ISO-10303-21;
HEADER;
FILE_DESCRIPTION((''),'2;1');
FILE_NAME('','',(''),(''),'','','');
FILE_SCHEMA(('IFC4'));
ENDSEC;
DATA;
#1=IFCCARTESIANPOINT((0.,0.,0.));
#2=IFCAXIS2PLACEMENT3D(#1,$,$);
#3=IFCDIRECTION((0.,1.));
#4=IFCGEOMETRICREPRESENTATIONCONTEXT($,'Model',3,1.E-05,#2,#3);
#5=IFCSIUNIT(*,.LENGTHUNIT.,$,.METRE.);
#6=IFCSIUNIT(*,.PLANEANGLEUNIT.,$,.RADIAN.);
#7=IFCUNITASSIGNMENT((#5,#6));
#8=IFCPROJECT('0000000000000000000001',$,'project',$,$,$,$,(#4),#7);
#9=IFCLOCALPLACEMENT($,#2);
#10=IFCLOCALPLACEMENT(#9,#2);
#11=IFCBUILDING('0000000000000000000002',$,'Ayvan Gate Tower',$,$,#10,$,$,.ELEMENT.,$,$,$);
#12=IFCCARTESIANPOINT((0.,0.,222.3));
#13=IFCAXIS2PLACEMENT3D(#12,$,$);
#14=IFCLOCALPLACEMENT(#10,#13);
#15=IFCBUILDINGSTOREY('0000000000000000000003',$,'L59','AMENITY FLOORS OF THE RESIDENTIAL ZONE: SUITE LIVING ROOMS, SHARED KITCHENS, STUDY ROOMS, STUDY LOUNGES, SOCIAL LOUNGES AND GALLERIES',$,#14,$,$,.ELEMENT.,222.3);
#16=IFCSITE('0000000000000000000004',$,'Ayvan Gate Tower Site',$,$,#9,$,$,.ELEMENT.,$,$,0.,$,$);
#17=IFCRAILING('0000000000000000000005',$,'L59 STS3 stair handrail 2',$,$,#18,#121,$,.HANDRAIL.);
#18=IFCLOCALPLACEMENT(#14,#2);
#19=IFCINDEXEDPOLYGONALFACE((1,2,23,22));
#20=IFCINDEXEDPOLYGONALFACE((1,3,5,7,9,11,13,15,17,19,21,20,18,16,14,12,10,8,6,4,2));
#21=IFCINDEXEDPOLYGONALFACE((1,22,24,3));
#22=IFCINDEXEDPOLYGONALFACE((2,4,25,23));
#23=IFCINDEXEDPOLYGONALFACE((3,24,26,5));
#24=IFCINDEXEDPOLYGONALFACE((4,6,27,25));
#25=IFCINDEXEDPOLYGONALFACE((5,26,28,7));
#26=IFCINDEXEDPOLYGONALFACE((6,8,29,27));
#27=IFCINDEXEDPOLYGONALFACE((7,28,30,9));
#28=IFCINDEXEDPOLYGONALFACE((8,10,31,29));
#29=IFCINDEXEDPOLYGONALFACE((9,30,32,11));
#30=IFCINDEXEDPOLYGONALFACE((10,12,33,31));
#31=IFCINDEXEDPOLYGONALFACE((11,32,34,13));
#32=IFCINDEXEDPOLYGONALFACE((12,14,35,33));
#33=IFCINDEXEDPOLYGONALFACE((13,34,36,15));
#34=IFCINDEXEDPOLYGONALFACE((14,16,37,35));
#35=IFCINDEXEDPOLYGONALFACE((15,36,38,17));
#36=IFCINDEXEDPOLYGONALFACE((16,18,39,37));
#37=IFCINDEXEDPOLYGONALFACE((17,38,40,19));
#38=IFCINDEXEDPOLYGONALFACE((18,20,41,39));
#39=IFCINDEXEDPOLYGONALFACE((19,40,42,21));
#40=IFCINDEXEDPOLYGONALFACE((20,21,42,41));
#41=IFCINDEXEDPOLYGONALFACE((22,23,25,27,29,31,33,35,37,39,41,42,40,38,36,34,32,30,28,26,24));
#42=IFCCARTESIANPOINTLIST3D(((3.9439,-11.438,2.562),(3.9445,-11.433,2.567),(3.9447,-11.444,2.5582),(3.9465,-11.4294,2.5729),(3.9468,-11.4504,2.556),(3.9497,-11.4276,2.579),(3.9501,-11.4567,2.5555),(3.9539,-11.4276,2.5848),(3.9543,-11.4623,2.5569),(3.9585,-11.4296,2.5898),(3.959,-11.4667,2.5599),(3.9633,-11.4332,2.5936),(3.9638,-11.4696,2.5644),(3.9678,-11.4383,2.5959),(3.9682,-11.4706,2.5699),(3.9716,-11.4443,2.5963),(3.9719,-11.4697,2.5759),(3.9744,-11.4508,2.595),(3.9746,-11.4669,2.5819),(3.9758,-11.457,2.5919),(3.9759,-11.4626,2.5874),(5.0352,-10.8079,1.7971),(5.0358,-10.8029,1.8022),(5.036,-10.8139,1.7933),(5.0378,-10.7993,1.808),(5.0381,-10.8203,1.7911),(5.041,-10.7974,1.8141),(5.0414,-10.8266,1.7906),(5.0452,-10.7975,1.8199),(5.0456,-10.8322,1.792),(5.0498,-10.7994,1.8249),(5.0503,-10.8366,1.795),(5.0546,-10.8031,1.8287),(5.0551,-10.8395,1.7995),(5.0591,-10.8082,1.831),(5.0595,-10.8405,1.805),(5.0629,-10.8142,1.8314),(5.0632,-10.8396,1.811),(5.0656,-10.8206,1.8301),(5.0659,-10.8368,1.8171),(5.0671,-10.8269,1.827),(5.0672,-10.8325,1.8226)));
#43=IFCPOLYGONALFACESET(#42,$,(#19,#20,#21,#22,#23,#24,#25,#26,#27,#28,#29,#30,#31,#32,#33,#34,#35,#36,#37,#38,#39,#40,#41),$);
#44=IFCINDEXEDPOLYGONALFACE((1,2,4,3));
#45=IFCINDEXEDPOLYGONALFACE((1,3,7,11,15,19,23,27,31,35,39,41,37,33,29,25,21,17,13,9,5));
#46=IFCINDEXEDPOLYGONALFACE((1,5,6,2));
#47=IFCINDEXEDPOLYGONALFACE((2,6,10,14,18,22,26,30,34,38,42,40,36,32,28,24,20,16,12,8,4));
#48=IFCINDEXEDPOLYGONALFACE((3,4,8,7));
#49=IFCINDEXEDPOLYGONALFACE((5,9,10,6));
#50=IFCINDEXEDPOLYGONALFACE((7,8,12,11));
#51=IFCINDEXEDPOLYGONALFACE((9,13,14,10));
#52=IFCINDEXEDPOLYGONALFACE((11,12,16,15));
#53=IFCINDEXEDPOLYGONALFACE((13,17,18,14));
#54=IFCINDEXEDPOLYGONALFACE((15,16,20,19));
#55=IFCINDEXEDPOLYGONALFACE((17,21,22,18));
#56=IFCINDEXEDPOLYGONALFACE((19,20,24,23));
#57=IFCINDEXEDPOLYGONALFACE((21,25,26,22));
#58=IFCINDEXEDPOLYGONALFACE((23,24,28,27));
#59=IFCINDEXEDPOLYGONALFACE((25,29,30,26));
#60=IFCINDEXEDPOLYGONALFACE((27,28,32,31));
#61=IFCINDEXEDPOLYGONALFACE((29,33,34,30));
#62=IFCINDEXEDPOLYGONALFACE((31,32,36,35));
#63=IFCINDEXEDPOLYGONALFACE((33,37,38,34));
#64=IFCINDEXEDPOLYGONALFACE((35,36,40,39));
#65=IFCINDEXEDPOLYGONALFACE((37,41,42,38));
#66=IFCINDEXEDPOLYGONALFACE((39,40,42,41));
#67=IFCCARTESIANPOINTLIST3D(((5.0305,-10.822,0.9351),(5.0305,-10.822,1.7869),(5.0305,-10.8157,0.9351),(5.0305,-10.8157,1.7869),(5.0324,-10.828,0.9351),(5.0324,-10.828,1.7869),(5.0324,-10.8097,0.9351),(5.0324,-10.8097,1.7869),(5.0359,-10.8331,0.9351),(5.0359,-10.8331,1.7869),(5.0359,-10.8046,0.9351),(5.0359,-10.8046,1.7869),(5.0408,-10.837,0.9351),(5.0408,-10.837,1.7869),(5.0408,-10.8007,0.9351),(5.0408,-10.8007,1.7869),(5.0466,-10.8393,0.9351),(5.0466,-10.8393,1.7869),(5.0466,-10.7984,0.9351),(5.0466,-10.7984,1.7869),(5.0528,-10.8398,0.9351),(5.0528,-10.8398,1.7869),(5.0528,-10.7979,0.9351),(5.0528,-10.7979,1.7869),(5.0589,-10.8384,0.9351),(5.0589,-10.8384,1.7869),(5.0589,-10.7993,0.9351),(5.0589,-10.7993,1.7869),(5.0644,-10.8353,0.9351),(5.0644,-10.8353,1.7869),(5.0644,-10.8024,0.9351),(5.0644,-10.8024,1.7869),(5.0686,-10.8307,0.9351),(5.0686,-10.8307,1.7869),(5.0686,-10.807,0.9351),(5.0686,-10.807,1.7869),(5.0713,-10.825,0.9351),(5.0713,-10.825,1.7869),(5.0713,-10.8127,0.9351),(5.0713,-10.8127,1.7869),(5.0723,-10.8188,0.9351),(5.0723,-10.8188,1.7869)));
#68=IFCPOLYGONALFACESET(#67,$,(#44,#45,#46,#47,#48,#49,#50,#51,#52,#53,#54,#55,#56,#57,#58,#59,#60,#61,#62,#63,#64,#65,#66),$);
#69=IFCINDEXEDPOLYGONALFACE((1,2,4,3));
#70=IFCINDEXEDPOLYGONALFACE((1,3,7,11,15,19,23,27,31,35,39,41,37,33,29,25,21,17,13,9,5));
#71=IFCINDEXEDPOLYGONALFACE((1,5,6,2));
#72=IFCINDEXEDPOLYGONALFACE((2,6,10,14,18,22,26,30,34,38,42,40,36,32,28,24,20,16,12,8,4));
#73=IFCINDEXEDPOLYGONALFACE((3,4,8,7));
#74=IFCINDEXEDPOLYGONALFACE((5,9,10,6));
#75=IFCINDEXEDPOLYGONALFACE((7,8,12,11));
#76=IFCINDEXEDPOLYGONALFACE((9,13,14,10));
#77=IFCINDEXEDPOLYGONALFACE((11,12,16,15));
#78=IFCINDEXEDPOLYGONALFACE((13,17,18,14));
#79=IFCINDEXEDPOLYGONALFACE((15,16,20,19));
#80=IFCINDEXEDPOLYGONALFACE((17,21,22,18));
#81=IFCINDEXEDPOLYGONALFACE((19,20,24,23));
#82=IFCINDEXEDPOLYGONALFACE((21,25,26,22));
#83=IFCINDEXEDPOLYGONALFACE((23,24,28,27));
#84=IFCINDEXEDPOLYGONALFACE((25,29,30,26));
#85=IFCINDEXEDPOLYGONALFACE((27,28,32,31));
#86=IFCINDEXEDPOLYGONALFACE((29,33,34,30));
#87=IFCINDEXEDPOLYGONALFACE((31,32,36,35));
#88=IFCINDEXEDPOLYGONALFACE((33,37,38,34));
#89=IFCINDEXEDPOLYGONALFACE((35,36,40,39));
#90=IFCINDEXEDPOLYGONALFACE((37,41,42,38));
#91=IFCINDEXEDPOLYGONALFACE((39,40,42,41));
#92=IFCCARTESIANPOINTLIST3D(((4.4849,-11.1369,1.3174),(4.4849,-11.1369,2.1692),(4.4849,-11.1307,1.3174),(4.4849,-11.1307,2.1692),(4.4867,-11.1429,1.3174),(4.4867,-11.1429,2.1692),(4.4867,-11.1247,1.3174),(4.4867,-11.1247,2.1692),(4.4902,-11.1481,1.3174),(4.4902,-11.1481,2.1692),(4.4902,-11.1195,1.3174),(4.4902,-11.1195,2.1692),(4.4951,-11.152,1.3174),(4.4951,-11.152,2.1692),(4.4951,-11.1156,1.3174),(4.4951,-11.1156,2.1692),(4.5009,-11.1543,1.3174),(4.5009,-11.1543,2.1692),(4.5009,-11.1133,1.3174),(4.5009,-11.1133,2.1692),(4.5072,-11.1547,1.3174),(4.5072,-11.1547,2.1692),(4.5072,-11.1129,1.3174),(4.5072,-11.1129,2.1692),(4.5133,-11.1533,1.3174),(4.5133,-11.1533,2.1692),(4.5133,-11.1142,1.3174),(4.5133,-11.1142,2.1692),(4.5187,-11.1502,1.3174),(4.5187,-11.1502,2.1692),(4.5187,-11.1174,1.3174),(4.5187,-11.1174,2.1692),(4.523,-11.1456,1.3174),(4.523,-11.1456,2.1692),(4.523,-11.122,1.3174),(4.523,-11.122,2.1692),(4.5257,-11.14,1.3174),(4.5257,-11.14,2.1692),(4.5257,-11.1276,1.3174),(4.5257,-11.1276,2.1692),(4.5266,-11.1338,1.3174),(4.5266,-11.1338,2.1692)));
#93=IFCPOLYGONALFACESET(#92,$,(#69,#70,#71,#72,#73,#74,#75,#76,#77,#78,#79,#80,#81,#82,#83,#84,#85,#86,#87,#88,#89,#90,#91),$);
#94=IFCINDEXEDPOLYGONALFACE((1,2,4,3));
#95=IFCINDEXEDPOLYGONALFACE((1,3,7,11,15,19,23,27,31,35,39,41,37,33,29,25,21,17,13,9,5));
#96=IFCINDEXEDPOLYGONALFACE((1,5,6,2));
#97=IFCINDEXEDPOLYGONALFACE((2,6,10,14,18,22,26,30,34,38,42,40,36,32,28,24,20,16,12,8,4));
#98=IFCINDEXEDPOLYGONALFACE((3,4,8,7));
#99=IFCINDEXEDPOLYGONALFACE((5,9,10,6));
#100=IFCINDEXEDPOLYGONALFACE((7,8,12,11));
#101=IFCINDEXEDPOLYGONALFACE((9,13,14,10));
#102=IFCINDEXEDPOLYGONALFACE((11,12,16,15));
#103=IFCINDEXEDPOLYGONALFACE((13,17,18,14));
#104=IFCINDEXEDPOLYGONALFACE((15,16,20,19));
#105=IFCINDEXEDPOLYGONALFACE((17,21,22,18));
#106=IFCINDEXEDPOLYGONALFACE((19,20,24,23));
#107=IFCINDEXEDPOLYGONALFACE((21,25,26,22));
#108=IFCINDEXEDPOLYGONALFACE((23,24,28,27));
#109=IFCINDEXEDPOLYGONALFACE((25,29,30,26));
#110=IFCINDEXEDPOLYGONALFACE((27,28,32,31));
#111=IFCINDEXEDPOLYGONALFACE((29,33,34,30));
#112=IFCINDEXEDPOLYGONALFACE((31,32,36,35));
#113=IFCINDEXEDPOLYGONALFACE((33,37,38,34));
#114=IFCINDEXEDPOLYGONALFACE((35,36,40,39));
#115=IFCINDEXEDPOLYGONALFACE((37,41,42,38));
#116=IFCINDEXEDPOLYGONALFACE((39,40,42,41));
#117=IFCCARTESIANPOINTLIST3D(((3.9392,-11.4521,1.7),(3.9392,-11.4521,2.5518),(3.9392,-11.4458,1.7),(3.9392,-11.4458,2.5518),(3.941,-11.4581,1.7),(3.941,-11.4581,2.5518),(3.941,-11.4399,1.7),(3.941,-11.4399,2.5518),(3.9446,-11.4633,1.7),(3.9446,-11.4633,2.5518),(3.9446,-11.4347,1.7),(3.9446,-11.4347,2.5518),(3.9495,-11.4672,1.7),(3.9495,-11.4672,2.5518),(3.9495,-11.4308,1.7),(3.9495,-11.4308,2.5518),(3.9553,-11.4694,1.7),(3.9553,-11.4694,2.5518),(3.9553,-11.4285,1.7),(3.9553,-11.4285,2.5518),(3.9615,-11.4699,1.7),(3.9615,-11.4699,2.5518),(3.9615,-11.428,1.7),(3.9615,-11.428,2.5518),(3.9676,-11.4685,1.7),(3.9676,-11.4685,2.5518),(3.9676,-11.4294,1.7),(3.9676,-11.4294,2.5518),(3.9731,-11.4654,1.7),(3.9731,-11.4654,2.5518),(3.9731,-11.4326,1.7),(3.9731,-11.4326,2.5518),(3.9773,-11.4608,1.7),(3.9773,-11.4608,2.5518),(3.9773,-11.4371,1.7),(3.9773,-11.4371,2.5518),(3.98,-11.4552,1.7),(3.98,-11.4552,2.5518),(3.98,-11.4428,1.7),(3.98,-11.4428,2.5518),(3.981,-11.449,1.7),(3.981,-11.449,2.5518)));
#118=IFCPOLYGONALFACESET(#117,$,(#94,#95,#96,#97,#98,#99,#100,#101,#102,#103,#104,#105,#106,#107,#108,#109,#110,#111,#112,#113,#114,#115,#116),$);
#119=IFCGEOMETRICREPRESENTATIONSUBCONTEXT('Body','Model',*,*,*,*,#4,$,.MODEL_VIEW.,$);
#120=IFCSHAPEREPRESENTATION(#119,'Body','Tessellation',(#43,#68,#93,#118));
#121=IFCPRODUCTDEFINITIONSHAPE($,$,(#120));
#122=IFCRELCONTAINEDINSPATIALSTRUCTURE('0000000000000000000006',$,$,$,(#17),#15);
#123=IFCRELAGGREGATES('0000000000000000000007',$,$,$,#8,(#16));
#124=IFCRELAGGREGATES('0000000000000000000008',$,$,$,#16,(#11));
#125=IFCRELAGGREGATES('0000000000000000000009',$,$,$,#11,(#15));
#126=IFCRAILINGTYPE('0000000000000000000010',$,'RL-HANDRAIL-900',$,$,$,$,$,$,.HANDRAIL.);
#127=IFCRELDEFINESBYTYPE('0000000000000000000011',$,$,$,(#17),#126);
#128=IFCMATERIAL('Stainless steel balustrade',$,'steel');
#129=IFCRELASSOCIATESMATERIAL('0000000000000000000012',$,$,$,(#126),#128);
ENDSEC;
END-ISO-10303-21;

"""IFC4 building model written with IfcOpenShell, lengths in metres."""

from ifc_helpers import new_model, si_unit, direction, frame, origin, origin_2d, place, context, subcontext, project, spatial, circle, extrude, material, type_object, element, save


model = new_model("IFC4")

# Units and contexts
model_context = context("Model", 3, precision=1e-05, world=origin(), true_north=direction((0.0, 1.0)))
body_context = subcontext(model_context, "Body", "Model", "MODEL_VIEW")
ifc_project = project(units=[si_unit("LENGTHUNIT", "METRE"), si_unit("PLANEANGLEUNIT", "RADIAN")], contexts=[model_context])

# Site, building, storey
site_placement = place(None, origin())
site = spatial("IfcSite", under=ifc_project, at=site_placement, Name="Ayvan Gate Tower Site", CompositionType="ELEMENT", RefElevation=0.0)
building_placement = place(site_placement, origin())
building = spatial("IfcBuilding", under=site, at=building_placement, Name="Ayvan Gate Tower", CompositionType="ELEMENT")
storey_placement = place(building_placement, frame((0.0, 0.0, 222.3)))
storey = spatial("IfcBuildingStorey", under=building, at=storey_placement, Name="L59", Description="AMENITY FLOORS OF THE RESIDENTIAL ZONE: SUITE LIVING ROOMS, SHARED KITCHENS, STUDY ROOMS, STUDY LOUNGES, SOCIAL LOUNGES AND GALLERIES", CompositionType="ELEMENT", Elevation=222.3)

# Railing
ifc_material_1 = material(Name="Stainless steel balustrade", Category="steel")
railing_type = type_object("IfcRailingType", Name="RL-HANDRAIL-900", PredefinedType="HANDRAIL", material=ifc_material_1)
railing_1_placement = place(storey_placement, frame((5.0513, -10.8188, 0.9351)))
element("IfcRailing", 1, at=railing_1_placement, inside=storey, type_object=railing_type, Name="L59 STS3 stair handrail 2", PredefinedType="HANDRAIL", context=body_context, shape_type="SweptSolid", body=[
    extrude(circle(Radius=0.0239, at=origin_2d()), frame((0.0, 0.0, 0.876), z_axis=(-0.740304, -0.427455, 0.518875), x_axis=(0.500035, -0.866005, 0.0)), (0.0, 0.0, 1.0), 1.4741),
    extrude(circle(Radius=0.021, at=origin_2d()), origin(), (0.0, 0.0, 1.0), 0.8518),
    extrude(circle(Radius=0.021, at=origin_2d()), frame((-0.5457, -0.3149, 0.3823)), (0.0, 0.0, 1.0), 0.8518),
    extrude(circle(Radius=0.021, at=origin_2d()), frame((-1.0913, -0.6301, 0.7649)), (0.0, 0.0, 1.0), 0.8518),
])

save(model, "model.ifc")
